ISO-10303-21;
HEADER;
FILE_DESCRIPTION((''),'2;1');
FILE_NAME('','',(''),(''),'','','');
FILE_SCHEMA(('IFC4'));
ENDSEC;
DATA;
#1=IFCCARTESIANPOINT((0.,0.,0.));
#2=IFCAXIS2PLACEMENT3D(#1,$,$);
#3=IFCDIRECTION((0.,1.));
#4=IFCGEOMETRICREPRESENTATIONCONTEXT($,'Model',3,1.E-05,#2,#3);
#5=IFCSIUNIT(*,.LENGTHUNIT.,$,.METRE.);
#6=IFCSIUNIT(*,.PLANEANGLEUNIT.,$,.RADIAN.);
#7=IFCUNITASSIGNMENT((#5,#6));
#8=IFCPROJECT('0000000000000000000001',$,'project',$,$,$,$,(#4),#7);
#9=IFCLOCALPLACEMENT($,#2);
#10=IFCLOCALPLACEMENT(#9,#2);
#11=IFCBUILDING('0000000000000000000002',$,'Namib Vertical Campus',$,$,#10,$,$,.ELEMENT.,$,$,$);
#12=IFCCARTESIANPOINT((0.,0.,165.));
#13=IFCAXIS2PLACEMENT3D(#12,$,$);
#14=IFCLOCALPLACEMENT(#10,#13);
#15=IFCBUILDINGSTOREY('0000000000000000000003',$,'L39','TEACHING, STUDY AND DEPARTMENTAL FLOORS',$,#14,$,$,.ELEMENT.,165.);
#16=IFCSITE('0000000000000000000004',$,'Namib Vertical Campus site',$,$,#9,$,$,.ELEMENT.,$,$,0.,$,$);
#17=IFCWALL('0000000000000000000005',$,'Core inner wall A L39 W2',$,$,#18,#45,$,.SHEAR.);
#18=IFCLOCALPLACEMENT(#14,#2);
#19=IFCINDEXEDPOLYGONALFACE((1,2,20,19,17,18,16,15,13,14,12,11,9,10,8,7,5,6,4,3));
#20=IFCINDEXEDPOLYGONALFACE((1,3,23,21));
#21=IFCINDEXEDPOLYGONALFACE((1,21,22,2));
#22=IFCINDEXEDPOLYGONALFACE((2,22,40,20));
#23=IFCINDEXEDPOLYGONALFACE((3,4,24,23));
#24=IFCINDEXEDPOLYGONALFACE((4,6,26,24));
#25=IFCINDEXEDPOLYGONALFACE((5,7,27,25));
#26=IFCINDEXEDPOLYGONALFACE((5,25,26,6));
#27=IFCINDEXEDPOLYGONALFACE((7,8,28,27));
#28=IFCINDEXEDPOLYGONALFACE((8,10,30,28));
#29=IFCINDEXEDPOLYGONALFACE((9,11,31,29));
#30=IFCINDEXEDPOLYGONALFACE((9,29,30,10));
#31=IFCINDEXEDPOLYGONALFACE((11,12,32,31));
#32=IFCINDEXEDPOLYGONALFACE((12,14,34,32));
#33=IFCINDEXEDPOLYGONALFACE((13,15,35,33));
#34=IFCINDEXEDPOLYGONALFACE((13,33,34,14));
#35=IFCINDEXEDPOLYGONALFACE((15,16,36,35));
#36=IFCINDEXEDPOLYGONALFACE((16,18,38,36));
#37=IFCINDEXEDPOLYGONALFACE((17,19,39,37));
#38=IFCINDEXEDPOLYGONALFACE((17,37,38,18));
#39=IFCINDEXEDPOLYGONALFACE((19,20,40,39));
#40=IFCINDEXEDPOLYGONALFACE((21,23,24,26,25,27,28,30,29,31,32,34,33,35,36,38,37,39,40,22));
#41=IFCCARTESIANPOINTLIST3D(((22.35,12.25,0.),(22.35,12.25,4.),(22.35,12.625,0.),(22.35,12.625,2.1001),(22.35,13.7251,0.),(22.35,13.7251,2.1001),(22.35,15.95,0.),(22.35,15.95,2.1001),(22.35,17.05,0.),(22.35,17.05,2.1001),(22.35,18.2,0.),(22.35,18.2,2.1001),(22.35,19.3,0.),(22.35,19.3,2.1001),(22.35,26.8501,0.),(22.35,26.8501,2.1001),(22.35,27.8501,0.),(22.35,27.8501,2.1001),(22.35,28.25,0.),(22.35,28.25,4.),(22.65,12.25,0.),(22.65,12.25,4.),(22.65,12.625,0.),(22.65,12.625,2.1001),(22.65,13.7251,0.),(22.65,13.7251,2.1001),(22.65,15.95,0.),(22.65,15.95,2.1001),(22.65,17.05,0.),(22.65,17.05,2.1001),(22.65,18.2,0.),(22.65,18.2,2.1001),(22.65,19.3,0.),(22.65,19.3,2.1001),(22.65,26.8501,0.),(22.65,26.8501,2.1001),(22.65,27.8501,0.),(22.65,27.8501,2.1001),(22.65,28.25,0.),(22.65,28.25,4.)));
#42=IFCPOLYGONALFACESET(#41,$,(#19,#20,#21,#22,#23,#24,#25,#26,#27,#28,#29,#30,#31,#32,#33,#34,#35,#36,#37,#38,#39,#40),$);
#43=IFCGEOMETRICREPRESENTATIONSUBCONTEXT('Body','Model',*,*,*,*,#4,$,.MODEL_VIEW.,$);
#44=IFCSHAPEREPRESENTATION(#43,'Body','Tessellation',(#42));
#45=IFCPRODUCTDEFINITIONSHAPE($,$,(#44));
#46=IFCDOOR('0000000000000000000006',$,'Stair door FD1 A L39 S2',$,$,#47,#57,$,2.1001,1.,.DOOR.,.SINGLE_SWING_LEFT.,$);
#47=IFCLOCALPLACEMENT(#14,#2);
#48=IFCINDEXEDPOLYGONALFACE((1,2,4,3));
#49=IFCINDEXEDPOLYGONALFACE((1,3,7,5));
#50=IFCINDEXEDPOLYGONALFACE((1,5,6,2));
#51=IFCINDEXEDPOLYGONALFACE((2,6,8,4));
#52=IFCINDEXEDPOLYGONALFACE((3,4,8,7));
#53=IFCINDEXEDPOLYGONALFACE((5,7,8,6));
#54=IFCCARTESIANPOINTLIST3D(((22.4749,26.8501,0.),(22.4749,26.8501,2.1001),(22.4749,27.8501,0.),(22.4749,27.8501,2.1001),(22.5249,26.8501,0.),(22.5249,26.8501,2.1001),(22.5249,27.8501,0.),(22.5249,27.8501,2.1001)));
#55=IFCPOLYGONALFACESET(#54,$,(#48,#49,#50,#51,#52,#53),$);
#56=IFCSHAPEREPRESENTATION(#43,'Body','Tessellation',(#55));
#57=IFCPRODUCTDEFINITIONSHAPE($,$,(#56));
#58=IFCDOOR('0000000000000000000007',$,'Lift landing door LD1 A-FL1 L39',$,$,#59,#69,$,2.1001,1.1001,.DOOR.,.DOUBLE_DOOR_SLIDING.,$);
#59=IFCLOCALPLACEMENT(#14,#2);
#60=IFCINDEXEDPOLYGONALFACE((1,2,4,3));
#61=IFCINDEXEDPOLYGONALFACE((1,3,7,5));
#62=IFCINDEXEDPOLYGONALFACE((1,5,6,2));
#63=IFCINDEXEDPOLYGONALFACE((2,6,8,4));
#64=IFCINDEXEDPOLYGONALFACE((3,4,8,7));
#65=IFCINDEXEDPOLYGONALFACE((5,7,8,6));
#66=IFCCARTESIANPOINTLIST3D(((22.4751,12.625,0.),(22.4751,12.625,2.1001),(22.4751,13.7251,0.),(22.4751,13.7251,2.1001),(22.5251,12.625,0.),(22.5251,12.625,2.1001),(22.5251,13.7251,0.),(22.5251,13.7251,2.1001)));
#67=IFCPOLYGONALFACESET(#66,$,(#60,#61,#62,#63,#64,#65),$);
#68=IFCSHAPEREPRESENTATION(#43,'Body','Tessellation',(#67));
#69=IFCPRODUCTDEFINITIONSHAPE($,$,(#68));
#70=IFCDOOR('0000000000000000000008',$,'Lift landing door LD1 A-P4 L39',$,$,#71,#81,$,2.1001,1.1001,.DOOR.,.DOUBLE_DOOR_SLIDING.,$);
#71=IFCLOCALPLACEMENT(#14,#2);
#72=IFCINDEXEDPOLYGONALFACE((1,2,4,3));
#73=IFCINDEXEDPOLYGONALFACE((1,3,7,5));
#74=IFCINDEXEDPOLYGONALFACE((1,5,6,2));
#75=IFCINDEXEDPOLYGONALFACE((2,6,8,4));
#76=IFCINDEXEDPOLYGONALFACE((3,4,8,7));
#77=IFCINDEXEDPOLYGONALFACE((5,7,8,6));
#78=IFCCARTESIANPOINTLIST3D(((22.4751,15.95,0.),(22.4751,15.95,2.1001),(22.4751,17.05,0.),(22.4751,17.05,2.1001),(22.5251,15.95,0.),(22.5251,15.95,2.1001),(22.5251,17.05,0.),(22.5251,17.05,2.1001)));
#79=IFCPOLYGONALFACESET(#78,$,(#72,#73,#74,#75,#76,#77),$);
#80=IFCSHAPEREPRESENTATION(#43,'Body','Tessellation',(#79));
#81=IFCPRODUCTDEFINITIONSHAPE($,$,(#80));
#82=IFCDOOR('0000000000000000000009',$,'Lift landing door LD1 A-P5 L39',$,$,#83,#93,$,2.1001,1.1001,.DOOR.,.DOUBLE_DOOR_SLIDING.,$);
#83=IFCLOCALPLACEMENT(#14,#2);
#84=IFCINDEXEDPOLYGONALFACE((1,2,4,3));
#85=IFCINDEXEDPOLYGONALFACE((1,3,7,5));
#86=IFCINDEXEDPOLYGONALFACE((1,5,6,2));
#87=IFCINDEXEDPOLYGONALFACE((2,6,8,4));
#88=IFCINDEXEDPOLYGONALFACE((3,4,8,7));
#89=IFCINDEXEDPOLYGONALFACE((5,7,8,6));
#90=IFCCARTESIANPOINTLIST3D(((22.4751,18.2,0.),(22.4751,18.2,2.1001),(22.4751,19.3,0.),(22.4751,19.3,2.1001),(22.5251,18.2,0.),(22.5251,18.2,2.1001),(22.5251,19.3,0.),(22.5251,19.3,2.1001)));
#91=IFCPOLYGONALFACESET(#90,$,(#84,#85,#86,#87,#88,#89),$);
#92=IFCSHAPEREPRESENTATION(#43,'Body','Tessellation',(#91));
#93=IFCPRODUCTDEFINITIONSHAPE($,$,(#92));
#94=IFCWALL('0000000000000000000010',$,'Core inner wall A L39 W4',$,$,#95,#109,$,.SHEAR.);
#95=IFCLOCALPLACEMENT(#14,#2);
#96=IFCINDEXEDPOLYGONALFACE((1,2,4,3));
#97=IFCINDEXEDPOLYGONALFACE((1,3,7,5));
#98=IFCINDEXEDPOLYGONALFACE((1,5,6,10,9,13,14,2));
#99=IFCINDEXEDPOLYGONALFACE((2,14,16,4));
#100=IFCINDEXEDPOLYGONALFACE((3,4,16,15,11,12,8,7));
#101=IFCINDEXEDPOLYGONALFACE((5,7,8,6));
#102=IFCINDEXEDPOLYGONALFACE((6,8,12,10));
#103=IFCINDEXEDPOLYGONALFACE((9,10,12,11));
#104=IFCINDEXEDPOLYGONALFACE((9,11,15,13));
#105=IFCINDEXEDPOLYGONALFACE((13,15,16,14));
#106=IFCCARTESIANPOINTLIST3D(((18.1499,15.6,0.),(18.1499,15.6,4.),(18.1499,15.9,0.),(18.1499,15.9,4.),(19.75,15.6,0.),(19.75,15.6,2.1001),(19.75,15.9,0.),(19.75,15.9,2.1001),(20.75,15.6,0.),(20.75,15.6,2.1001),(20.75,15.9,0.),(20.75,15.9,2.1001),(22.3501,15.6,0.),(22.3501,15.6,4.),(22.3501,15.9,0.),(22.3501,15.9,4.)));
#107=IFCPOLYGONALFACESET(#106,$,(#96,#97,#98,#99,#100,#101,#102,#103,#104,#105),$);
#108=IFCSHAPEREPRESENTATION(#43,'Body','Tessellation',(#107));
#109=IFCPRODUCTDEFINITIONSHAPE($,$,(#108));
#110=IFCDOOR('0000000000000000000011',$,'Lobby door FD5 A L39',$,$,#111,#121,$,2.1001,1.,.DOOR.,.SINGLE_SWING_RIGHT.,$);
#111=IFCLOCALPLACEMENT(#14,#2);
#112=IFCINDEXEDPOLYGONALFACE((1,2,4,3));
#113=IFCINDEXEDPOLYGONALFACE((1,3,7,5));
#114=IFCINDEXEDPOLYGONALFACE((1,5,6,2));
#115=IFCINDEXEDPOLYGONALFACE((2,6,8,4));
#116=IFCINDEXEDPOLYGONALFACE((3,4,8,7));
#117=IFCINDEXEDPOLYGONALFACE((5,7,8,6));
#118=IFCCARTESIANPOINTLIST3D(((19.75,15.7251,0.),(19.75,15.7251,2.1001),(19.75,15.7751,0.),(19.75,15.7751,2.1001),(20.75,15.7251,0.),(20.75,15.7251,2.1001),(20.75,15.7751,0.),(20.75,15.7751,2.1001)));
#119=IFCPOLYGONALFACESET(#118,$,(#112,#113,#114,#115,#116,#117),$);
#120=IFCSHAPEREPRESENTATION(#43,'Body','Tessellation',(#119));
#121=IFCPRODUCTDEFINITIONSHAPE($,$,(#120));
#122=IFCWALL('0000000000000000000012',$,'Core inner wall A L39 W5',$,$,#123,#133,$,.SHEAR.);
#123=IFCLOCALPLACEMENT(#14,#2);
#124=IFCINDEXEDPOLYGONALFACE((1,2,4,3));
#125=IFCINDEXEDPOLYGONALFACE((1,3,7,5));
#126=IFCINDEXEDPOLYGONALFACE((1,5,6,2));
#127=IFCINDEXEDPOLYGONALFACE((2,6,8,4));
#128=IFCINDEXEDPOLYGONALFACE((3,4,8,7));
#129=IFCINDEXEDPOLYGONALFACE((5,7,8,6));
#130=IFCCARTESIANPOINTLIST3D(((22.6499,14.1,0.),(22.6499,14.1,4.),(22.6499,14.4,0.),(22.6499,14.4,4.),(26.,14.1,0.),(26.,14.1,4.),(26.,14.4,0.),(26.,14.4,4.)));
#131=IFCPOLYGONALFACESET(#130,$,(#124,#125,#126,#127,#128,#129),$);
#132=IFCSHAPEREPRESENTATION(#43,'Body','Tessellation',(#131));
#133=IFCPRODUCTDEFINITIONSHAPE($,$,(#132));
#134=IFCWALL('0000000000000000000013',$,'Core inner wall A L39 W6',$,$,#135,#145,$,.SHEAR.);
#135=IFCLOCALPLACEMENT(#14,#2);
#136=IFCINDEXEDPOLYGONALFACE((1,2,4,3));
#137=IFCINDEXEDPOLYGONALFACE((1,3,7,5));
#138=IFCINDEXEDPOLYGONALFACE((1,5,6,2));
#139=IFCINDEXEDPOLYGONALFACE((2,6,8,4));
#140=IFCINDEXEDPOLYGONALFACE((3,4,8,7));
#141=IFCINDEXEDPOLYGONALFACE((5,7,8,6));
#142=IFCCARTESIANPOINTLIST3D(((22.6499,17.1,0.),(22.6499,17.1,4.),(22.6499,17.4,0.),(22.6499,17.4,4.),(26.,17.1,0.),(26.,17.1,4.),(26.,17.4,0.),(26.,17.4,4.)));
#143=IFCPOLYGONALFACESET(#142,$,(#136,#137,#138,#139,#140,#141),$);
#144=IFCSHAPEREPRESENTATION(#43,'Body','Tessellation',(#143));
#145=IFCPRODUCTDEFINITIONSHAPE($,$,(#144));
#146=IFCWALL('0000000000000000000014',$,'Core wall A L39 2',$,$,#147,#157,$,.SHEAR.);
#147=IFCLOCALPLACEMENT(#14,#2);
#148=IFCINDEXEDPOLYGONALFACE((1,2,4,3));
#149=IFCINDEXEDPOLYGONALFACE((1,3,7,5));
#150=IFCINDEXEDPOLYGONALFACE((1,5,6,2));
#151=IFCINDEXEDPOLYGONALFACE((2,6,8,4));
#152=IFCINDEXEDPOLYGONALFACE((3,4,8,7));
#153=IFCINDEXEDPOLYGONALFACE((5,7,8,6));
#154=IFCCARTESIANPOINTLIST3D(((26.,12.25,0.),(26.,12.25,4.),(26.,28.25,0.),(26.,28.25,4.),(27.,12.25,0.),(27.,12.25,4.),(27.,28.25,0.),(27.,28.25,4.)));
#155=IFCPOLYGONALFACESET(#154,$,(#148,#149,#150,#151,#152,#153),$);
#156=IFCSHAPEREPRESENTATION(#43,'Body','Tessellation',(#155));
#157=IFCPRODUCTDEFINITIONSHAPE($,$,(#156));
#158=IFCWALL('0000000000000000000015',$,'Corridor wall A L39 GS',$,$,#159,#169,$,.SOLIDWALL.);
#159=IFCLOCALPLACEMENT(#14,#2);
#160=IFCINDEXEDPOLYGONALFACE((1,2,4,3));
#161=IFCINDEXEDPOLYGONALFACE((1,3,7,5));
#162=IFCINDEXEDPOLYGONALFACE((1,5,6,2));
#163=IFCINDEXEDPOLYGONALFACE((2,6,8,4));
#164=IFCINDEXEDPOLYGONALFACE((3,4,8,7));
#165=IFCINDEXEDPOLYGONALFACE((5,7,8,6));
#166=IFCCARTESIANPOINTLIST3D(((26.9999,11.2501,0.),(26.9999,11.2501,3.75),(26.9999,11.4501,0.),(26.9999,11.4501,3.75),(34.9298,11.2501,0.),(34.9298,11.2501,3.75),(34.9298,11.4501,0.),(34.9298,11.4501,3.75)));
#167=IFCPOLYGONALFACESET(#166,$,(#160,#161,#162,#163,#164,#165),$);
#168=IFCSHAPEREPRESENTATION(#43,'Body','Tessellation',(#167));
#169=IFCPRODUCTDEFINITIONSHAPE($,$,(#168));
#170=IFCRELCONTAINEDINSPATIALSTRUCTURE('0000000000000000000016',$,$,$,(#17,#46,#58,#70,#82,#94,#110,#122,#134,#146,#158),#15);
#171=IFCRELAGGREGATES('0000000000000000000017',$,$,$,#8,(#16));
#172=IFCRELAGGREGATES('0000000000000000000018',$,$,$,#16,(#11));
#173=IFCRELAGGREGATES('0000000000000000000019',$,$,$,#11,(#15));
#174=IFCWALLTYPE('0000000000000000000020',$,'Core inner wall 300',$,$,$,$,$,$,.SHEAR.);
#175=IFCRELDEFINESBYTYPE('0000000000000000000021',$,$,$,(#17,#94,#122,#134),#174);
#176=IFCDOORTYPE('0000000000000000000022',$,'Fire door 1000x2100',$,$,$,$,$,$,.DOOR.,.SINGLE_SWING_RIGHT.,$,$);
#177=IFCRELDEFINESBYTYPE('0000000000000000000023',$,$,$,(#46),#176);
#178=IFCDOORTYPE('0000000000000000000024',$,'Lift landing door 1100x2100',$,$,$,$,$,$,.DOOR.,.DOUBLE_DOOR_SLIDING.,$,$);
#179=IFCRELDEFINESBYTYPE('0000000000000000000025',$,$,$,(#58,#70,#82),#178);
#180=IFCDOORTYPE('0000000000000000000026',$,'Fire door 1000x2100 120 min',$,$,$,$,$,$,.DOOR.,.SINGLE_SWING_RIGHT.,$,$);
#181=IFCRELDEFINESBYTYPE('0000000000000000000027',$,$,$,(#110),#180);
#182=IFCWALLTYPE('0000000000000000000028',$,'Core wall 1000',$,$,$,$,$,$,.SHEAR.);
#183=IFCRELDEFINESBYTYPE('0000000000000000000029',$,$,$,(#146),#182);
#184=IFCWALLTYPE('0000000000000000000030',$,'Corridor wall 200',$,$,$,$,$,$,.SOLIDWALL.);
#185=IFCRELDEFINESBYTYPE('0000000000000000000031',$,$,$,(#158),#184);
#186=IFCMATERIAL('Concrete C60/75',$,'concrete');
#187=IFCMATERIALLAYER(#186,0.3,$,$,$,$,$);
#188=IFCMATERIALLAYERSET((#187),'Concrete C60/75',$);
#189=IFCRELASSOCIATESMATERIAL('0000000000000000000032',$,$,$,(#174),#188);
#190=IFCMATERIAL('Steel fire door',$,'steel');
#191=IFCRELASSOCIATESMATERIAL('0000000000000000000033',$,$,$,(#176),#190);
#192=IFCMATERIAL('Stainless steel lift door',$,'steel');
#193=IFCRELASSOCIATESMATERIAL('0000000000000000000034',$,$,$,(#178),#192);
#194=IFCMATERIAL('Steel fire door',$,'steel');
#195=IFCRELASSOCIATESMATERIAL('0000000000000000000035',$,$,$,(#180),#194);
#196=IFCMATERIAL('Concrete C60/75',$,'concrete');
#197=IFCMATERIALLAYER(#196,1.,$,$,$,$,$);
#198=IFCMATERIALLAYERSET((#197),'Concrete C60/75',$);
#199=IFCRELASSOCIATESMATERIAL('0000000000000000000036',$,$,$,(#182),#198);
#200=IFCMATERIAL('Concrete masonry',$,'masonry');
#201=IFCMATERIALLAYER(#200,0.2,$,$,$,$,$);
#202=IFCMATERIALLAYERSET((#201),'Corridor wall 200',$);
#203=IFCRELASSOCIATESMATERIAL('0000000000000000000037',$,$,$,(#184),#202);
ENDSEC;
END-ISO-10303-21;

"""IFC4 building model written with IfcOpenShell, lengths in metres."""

from ifc_helpers import new_model, si_unit, direction, frame, frame_2d, origin, place, context, subcontext, project, spatial, rectangle, extrude, material, layer, layer_set, type_object, element, fill, save


model = new_model("IFC4")

# Units and contexts
model_context = context("Model", 3, precision=1e-05, world=origin(), true_north=direction((0.0, 1.0)))
body_context = subcontext(model_context, "Body", "Model", "MODEL_VIEW")
ifc_project = project(units=[si_unit("LENGTHUNIT", "METRE"), si_unit("PLANEANGLEUNIT", "RADIAN")], contexts=[model_context])

# Site, building, storey
site_placement = place(None, origin())
site = spatial("IfcSite", under=ifc_project, at=site_placement, Name="Namib Vertical Campus site", CompositionType="ELEMENT", RefElevation=0.0)
building_placement = place(site_placement, origin())
building = spatial("IfcBuilding", under=site, at=building_placement, Name="Namib Vertical Campus", CompositionType="ELEMENT")
storey_placement = place(building_placement, frame((0.0, 0.0, 165.0)))
storey = spatial("IfcBuildingStorey", under=building, at=storey_placement, Name="L39", Description="TEACHING, STUDY AND DEPARTMENTAL FLOORS", CompositionType="ELEMENT", Elevation=165.0)

# Wall, openings, doors
ifc_material_1 = material(Name="Concrete C60/75", Category="concrete")
ifc_layer_1 = layer(ifc_material_1, 0.3)
ifc_layer_set_1 = layer_set([ifc_layer_1], Name="Concrete C60/75")
wall_type_1 = type_object("IfcWallType", Name="Core inner wall 300", PredefinedType="SHEAR", material=ifc_layer_set_1)
ifc_material_2 = material(Name="Steel fire door", Category="steel")
door_type_1 = type_object("IfcDoorType", Name="Fire door 1000x2100", OperationType="SINGLE_SWING_RIGHT", PredefinedType="DOOR", material=ifc_material_2)
ifc_material_3 = material(Name="Stainless steel lift door", Category="steel")
door_type_2 = type_object("IfcDoorType", Name="Lift landing door 1100x2100", OperationType="DOUBLE_DOOR_SLIDING", PredefinedType="DOOR", material=ifc_material_3)
wall_1_placement = place(storey_placement, frame((22.5, 12.25, 0.0), z_axis=(0.0, 0.0, 1.0), x_axis=(0.0, 1.0, 0.0)))
wall_1 = element("IfcWall", 1, at=wall_1_placement, inside=storey, type_object=wall_type_1, Name="Core inner wall A L39 W2", PredefinedType="SHEAR", context=body_context, shape_type="SweptSolid", body=[
    extrude(rectangle(XDim=16.0, YDim=0.3, at=frame_2d((8.0, 0.0))), origin(), (0.0, 0.0, 1.0), 4.0),
])
opening_1_placement = place(wall_1_placement, frame((14.6001, 0.0, 0.0)))
opening_1 = element("IfcOpeningElement", 2, at=opening_1_placement, cuts=wall_1, PredefinedType="OPENING", context=body_context, shape_type="SweptSolid", body=[
    extrude(rectangle(XDim=1.0, YDim=2.1001, at=frame_2d((0.5, 1.05))), frame((0.0, 0.1599, 0.0), z_axis=(0.0, -1.0, 0.0), x_axis=(1.0, 0.0, 0.0)), (0.0, 0.0, 1.0), 0.3201),
])
opening_2_placement = place(wall_1_placement, frame((0.375, 0.0, 0.0)))
opening_2 = element("IfcOpeningElement", 3, at=opening_2_placement, cuts=wall_1, PredefinedType="OPENING", context=body_context, shape_type="SweptSolid", body=[
    extrude(rectangle(XDim=1.1001, YDim=2.1001, at=frame_2d((0.55, 1.05))), frame((0.0, 0.1599, 0.0), z_axis=(0.0, -1.0, 0.0), x_axis=(1.0, 0.0, 0.0)), (0.0, 0.0, 1.0), 0.3201),
])
opening_3_placement = place(wall_1_placement, frame((3.7, 0.0, 0.0)))
opening_3 = element("IfcOpeningElement", 4, at=opening_3_placement, cuts=wall_1, PredefinedType="OPENING", context=body_context, shape_type="SweptSolid", body=[
    extrude(rectangle(XDim=1.1001, YDim=2.1001, at=frame_2d((0.55, 1.05))), frame((0.0, 0.1599, 0.0), z_axis=(0.0, -1.0, 0.0), x_axis=(1.0, 0.0, 0.0)), (0.0, 0.0, 1.0), 0.3201),
])
opening_4_placement = place(wall_1_placement, frame((5.95, 0.0, 0.0)))
opening_4 = element("IfcOpeningElement", 5, at=opening_4_placement, cuts=wall_1, PredefinedType="OPENING", context=body_context, shape_type="SweptSolid", body=[
    extrude(rectangle(XDim=1.1001, YDim=2.1001, at=frame_2d((0.55, 1.05))), frame((0.0, 0.1599, 0.0), z_axis=(0.0, -1.0, 0.0), x_axis=(1.0, 0.0, 0.0)), (0.0, 0.0, 1.0), 0.3201),
])
door_1_placement = place(opening_1_placement, frame((1.0, 0.0, 0.0), z_axis=(0.0, 0.0, 1.0), x_axis=(-1.0, 0.0, 0.0)))
door_1 = element("IfcDoor", 6, at=door_1_placement, inside=storey, type_object=door_type_1, Name="Stair door FD1 A L39 S2", OperationType="SINGLE_SWING_LEFT", OverallHeight=2.1001, OverallWidth=1.0, PredefinedType="DOOR", context=body_context, shape_type="SweptSolid", body=[
    extrude(rectangle(XDim=1.0, YDim=2.1001, at=frame_2d((0.5, 1.05))), frame((0.0, 0.0249, 0.0), z_axis=(0.0, -1.0, 0.0), x_axis=(1.0, 0.0, 0.0)), (0.0, 0.0, 1.0), 0.05),
])
fill(opening_1, door_1)
door_2_placement = place(opening_2_placement, origin())
door_2 = element("IfcDoor", 7, at=door_2_placement, inside=storey, type_object=door_type_2, Name="Lift landing door LD1 A-FL1 L39", OperationType="DOUBLE_DOOR_SLIDING", OverallHeight=2.1001, OverallWidth=1.1001, PredefinedType="DOOR", context=body_context, shape_type="SweptSolid", body=[
    extrude(rectangle(XDim=1.1001, YDim=2.1001, at=frame_2d((0.55, 1.05))), frame((0.0, 0.0249, 0.0), z_axis=(0.0, -1.0, 0.0), x_axis=(1.0, 0.0, 0.0)), (0.0, 0.0, 1.0), 0.05),
])
fill(opening_2, door_2)
door_3_placement = place(opening_3_placement, origin())
door_3 = element("IfcDoor", 8, at=door_3_placement, inside=storey, type_object=door_type_2, Name="Lift landing door LD1 A-P4 L39", OperationType="DOUBLE_DOOR_SLIDING", OverallHeight=2.1001, OverallWidth=1.1001, PredefinedType="DOOR", context=body_context, shape_type="SweptSolid", body=[
    extrude(rectangle(XDim=1.1001, YDim=2.1001, at=frame_2d((0.55, 1.05))), frame((0.0, 0.0249, 0.0), z_axis=(0.0, -1.0, 0.0), x_axis=(1.0, 0.0, 0.0)), (0.0, 0.0, 1.0), 0.05),
])
fill(opening_3, door_3)
door_4_placement = place(opening_4_placement, origin())
door_4 = element("IfcDoor", 9, at=door_4_placement, inside=storey, type_object=door_type_2, Name="Lift landing door LD1 A-P5 L39", OperationType="DOUBLE_DOOR_SLIDING", OverallHeight=2.1001, OverallWidth=1.1001, PredefinedType="DOOR", context=body_context, shape_type="SweptSolid", body=[
    extrude(rectangle(XDim=1.1001, YDim=2.1001, at=frame_2d((0.55, 1.05))), frame((0.0, 0.0249, 0.0), z_axis=(0.0, -1.0, 0.0), x_axis=(1.0, 0.0, 0.0)), (0.0, 0.0, 1.0), 0.05),
])
fill(opening_4, door_4)

# Wall, opening, door
wall_2_placement = place(storey_placement, frame((18.1499, 15.75, 0.0), z_axis=(0.0, 0.0, 1.0), x_axis=(1.0, 0.0, 0.0)))
wall_2 = element("IfcWall", 10, at=wall_2_placement, inside=storey, type_object=wall_type_1, Name="Core inner wall A L39 W4", PredefinedType="SHEAR", context=body_context, shape_type="SweptSolid", body=[
    extrude(rectangle(XDim=4.2002, YDim=0.3, at=frame_2d((2.1001, 0.0))), origin(), (0.0, 0.0, 1.0), 4.0),
])
opening_5_placement = place(wall_2_placement, frame((1.6001, 0.0, 0.0)))
opening_5 = element("IfcOpeningElement", 11, at=opening_5_placement, cuts=wall_2, PredefinedType="OPENING", context=body_context, shape_type="SweptSolid", body=[
    extrude(rectangle(XDim=1.0, YDim=2.1001, at=frame_2d((0.5, 1.05))), frame((0.0, 0.1599, 0.0), z_axis=(0.0, -1.0, 0.0), x_axis=(1.0, 0.0, 0.0)), (0.0, 0.0, 1.0), 0.3201),
])
ifc_material_4 = material(Name="Steel fire door", Category="steel")
door_type_3 = type_object("IfcDoorType", Name="Fire door 1000x2100 120 min", OperationType="SINGLE_SWING_RIGHT", PredefinedType="DOOR", material=ifc_material_4)
door_5_placement = place(opening_5_placement, frame((1.0, 0.0, 0.0), z_axis=(0.0, 0.0, 1.0), x_axis=(-1.0, 0.0, 0.0)))
door_5 = element("IfcDoor", 12, at=door_5_placement, inside=storey, type_object=door_type_3, Name="Lobby door FD5 A L39", OperationType="SINGLE_SWING_RIGHT", OverallHeight=2.1001, OverallWidth=1.0, PredefinedType="DOOR", context=body_context, shape_type="SweptSolid", body=[
    extrude(rectangle(XDim=1.0, YDim=2.1001, at=frame_2d((0.5, 1.05))), frame((0.0, 0.0249, 0.0), z_axis=(0.0, -1.0, 0.0), x_axis=(1.0, 0.0, 0.0)), (0.0, 0.0, 1.0), 0.05),
])
fill(opening_5, door_5)

# Walls
for number, where, z_axis, x_axis, name in (
    (13, (22.6499, 14.25, 0.0), (0.0, 0.0, 1.0), (1.0, 0.0, 0.0), "Core inner wall A L39 W5"),
    (14, (22.6499, 17.25, 0.0), (0.0, 0.0, 1.0), (1.0, 0.0, 0.0), "Core inner wall A L39 W6"),
):
    element("IfcWall", number, at=place(storey_placement, frame(where, z_axis=z_axis, x_axis=x_axis)), inside=storey, type_object=wall_type_1, Name=name, PredefinedType="SHEAR", context=body_context, shape_type="SweptSolid", body=[
        extrude(rectangle(XDim=3.3501, YDim=0.3, at=frame_2d((1.675, 0.0))), origin(), (0.0, 0.0, 1.0), 4.0),
    ])
ifc_material_5 = material(Name="Concrete C60/75", Category="concrete")
ifc_layer_2 = layer(ifc_material_5, 1.0)
ifc_layer_set_2 = layer_set([ifc_layer_2], Name="Concrete C60/75")
wall_type_2 = type_object("IfcWallType", Name="Core wall 1000", PredefinedType="SHEAR", material=ifc_layer_set_2)
wall_3_placement = place(storey_placement, frame((26.5, 12.25, 0.0), z_axis=(0.0, 0.0, 1.0), x_axis=(0.0, 1.0, 0.0)))
element("IfcWall", 15, at=wall_3_placement, inside=storey, type_object=wall_type_2, Name="Core wall A L39 2", PredefinedType="SHEAR", context=body_context, shape_type="SweptSolid", body=[
    extrude(rectangle(XDim=16.0, YDim=1.0, at=frame_2d((8.0, 0.0))), origin(), (0.0, 0.0, 1.0), 4.0),
])
ifc_material_6 = material(Name="Concrete masonry", Category="masonry")
ifc_layer_3 = layer(ifc_material_6, 0.2)
ifc_layer_set_3 = layer_set([ifc_layer_3], Name="Corridor wall 200")
wall_type_3 = type_object("IfcWallType", Name="Corridor wall 200", PredefinedType="SOLIDWALL", material=ifc_layer_set_3)
wall_4_placement = place(storey_placement, frame((27.0, 11.3501, 0.0), z_axis=(0.0, 0.0, 1.0), x_axis=(1.0, 0.0, 0.0)))
element("IfcWall", 16, at=wall_4_placement, inside=storey, type_object=wall_type_3, Name="Corridor wall A L39 GS", PredefinedType="SOLIDWALL", context=body_context, shape_type="SweptSolid", body=[
    extrude(rectangle(XDim=7.9299, YDim=0.2, at=frame_2d((3.9648, 0.0))), origin(), (0.0, 0.0, 1.0), 3.75),
])

save(model, "model.ifc")
